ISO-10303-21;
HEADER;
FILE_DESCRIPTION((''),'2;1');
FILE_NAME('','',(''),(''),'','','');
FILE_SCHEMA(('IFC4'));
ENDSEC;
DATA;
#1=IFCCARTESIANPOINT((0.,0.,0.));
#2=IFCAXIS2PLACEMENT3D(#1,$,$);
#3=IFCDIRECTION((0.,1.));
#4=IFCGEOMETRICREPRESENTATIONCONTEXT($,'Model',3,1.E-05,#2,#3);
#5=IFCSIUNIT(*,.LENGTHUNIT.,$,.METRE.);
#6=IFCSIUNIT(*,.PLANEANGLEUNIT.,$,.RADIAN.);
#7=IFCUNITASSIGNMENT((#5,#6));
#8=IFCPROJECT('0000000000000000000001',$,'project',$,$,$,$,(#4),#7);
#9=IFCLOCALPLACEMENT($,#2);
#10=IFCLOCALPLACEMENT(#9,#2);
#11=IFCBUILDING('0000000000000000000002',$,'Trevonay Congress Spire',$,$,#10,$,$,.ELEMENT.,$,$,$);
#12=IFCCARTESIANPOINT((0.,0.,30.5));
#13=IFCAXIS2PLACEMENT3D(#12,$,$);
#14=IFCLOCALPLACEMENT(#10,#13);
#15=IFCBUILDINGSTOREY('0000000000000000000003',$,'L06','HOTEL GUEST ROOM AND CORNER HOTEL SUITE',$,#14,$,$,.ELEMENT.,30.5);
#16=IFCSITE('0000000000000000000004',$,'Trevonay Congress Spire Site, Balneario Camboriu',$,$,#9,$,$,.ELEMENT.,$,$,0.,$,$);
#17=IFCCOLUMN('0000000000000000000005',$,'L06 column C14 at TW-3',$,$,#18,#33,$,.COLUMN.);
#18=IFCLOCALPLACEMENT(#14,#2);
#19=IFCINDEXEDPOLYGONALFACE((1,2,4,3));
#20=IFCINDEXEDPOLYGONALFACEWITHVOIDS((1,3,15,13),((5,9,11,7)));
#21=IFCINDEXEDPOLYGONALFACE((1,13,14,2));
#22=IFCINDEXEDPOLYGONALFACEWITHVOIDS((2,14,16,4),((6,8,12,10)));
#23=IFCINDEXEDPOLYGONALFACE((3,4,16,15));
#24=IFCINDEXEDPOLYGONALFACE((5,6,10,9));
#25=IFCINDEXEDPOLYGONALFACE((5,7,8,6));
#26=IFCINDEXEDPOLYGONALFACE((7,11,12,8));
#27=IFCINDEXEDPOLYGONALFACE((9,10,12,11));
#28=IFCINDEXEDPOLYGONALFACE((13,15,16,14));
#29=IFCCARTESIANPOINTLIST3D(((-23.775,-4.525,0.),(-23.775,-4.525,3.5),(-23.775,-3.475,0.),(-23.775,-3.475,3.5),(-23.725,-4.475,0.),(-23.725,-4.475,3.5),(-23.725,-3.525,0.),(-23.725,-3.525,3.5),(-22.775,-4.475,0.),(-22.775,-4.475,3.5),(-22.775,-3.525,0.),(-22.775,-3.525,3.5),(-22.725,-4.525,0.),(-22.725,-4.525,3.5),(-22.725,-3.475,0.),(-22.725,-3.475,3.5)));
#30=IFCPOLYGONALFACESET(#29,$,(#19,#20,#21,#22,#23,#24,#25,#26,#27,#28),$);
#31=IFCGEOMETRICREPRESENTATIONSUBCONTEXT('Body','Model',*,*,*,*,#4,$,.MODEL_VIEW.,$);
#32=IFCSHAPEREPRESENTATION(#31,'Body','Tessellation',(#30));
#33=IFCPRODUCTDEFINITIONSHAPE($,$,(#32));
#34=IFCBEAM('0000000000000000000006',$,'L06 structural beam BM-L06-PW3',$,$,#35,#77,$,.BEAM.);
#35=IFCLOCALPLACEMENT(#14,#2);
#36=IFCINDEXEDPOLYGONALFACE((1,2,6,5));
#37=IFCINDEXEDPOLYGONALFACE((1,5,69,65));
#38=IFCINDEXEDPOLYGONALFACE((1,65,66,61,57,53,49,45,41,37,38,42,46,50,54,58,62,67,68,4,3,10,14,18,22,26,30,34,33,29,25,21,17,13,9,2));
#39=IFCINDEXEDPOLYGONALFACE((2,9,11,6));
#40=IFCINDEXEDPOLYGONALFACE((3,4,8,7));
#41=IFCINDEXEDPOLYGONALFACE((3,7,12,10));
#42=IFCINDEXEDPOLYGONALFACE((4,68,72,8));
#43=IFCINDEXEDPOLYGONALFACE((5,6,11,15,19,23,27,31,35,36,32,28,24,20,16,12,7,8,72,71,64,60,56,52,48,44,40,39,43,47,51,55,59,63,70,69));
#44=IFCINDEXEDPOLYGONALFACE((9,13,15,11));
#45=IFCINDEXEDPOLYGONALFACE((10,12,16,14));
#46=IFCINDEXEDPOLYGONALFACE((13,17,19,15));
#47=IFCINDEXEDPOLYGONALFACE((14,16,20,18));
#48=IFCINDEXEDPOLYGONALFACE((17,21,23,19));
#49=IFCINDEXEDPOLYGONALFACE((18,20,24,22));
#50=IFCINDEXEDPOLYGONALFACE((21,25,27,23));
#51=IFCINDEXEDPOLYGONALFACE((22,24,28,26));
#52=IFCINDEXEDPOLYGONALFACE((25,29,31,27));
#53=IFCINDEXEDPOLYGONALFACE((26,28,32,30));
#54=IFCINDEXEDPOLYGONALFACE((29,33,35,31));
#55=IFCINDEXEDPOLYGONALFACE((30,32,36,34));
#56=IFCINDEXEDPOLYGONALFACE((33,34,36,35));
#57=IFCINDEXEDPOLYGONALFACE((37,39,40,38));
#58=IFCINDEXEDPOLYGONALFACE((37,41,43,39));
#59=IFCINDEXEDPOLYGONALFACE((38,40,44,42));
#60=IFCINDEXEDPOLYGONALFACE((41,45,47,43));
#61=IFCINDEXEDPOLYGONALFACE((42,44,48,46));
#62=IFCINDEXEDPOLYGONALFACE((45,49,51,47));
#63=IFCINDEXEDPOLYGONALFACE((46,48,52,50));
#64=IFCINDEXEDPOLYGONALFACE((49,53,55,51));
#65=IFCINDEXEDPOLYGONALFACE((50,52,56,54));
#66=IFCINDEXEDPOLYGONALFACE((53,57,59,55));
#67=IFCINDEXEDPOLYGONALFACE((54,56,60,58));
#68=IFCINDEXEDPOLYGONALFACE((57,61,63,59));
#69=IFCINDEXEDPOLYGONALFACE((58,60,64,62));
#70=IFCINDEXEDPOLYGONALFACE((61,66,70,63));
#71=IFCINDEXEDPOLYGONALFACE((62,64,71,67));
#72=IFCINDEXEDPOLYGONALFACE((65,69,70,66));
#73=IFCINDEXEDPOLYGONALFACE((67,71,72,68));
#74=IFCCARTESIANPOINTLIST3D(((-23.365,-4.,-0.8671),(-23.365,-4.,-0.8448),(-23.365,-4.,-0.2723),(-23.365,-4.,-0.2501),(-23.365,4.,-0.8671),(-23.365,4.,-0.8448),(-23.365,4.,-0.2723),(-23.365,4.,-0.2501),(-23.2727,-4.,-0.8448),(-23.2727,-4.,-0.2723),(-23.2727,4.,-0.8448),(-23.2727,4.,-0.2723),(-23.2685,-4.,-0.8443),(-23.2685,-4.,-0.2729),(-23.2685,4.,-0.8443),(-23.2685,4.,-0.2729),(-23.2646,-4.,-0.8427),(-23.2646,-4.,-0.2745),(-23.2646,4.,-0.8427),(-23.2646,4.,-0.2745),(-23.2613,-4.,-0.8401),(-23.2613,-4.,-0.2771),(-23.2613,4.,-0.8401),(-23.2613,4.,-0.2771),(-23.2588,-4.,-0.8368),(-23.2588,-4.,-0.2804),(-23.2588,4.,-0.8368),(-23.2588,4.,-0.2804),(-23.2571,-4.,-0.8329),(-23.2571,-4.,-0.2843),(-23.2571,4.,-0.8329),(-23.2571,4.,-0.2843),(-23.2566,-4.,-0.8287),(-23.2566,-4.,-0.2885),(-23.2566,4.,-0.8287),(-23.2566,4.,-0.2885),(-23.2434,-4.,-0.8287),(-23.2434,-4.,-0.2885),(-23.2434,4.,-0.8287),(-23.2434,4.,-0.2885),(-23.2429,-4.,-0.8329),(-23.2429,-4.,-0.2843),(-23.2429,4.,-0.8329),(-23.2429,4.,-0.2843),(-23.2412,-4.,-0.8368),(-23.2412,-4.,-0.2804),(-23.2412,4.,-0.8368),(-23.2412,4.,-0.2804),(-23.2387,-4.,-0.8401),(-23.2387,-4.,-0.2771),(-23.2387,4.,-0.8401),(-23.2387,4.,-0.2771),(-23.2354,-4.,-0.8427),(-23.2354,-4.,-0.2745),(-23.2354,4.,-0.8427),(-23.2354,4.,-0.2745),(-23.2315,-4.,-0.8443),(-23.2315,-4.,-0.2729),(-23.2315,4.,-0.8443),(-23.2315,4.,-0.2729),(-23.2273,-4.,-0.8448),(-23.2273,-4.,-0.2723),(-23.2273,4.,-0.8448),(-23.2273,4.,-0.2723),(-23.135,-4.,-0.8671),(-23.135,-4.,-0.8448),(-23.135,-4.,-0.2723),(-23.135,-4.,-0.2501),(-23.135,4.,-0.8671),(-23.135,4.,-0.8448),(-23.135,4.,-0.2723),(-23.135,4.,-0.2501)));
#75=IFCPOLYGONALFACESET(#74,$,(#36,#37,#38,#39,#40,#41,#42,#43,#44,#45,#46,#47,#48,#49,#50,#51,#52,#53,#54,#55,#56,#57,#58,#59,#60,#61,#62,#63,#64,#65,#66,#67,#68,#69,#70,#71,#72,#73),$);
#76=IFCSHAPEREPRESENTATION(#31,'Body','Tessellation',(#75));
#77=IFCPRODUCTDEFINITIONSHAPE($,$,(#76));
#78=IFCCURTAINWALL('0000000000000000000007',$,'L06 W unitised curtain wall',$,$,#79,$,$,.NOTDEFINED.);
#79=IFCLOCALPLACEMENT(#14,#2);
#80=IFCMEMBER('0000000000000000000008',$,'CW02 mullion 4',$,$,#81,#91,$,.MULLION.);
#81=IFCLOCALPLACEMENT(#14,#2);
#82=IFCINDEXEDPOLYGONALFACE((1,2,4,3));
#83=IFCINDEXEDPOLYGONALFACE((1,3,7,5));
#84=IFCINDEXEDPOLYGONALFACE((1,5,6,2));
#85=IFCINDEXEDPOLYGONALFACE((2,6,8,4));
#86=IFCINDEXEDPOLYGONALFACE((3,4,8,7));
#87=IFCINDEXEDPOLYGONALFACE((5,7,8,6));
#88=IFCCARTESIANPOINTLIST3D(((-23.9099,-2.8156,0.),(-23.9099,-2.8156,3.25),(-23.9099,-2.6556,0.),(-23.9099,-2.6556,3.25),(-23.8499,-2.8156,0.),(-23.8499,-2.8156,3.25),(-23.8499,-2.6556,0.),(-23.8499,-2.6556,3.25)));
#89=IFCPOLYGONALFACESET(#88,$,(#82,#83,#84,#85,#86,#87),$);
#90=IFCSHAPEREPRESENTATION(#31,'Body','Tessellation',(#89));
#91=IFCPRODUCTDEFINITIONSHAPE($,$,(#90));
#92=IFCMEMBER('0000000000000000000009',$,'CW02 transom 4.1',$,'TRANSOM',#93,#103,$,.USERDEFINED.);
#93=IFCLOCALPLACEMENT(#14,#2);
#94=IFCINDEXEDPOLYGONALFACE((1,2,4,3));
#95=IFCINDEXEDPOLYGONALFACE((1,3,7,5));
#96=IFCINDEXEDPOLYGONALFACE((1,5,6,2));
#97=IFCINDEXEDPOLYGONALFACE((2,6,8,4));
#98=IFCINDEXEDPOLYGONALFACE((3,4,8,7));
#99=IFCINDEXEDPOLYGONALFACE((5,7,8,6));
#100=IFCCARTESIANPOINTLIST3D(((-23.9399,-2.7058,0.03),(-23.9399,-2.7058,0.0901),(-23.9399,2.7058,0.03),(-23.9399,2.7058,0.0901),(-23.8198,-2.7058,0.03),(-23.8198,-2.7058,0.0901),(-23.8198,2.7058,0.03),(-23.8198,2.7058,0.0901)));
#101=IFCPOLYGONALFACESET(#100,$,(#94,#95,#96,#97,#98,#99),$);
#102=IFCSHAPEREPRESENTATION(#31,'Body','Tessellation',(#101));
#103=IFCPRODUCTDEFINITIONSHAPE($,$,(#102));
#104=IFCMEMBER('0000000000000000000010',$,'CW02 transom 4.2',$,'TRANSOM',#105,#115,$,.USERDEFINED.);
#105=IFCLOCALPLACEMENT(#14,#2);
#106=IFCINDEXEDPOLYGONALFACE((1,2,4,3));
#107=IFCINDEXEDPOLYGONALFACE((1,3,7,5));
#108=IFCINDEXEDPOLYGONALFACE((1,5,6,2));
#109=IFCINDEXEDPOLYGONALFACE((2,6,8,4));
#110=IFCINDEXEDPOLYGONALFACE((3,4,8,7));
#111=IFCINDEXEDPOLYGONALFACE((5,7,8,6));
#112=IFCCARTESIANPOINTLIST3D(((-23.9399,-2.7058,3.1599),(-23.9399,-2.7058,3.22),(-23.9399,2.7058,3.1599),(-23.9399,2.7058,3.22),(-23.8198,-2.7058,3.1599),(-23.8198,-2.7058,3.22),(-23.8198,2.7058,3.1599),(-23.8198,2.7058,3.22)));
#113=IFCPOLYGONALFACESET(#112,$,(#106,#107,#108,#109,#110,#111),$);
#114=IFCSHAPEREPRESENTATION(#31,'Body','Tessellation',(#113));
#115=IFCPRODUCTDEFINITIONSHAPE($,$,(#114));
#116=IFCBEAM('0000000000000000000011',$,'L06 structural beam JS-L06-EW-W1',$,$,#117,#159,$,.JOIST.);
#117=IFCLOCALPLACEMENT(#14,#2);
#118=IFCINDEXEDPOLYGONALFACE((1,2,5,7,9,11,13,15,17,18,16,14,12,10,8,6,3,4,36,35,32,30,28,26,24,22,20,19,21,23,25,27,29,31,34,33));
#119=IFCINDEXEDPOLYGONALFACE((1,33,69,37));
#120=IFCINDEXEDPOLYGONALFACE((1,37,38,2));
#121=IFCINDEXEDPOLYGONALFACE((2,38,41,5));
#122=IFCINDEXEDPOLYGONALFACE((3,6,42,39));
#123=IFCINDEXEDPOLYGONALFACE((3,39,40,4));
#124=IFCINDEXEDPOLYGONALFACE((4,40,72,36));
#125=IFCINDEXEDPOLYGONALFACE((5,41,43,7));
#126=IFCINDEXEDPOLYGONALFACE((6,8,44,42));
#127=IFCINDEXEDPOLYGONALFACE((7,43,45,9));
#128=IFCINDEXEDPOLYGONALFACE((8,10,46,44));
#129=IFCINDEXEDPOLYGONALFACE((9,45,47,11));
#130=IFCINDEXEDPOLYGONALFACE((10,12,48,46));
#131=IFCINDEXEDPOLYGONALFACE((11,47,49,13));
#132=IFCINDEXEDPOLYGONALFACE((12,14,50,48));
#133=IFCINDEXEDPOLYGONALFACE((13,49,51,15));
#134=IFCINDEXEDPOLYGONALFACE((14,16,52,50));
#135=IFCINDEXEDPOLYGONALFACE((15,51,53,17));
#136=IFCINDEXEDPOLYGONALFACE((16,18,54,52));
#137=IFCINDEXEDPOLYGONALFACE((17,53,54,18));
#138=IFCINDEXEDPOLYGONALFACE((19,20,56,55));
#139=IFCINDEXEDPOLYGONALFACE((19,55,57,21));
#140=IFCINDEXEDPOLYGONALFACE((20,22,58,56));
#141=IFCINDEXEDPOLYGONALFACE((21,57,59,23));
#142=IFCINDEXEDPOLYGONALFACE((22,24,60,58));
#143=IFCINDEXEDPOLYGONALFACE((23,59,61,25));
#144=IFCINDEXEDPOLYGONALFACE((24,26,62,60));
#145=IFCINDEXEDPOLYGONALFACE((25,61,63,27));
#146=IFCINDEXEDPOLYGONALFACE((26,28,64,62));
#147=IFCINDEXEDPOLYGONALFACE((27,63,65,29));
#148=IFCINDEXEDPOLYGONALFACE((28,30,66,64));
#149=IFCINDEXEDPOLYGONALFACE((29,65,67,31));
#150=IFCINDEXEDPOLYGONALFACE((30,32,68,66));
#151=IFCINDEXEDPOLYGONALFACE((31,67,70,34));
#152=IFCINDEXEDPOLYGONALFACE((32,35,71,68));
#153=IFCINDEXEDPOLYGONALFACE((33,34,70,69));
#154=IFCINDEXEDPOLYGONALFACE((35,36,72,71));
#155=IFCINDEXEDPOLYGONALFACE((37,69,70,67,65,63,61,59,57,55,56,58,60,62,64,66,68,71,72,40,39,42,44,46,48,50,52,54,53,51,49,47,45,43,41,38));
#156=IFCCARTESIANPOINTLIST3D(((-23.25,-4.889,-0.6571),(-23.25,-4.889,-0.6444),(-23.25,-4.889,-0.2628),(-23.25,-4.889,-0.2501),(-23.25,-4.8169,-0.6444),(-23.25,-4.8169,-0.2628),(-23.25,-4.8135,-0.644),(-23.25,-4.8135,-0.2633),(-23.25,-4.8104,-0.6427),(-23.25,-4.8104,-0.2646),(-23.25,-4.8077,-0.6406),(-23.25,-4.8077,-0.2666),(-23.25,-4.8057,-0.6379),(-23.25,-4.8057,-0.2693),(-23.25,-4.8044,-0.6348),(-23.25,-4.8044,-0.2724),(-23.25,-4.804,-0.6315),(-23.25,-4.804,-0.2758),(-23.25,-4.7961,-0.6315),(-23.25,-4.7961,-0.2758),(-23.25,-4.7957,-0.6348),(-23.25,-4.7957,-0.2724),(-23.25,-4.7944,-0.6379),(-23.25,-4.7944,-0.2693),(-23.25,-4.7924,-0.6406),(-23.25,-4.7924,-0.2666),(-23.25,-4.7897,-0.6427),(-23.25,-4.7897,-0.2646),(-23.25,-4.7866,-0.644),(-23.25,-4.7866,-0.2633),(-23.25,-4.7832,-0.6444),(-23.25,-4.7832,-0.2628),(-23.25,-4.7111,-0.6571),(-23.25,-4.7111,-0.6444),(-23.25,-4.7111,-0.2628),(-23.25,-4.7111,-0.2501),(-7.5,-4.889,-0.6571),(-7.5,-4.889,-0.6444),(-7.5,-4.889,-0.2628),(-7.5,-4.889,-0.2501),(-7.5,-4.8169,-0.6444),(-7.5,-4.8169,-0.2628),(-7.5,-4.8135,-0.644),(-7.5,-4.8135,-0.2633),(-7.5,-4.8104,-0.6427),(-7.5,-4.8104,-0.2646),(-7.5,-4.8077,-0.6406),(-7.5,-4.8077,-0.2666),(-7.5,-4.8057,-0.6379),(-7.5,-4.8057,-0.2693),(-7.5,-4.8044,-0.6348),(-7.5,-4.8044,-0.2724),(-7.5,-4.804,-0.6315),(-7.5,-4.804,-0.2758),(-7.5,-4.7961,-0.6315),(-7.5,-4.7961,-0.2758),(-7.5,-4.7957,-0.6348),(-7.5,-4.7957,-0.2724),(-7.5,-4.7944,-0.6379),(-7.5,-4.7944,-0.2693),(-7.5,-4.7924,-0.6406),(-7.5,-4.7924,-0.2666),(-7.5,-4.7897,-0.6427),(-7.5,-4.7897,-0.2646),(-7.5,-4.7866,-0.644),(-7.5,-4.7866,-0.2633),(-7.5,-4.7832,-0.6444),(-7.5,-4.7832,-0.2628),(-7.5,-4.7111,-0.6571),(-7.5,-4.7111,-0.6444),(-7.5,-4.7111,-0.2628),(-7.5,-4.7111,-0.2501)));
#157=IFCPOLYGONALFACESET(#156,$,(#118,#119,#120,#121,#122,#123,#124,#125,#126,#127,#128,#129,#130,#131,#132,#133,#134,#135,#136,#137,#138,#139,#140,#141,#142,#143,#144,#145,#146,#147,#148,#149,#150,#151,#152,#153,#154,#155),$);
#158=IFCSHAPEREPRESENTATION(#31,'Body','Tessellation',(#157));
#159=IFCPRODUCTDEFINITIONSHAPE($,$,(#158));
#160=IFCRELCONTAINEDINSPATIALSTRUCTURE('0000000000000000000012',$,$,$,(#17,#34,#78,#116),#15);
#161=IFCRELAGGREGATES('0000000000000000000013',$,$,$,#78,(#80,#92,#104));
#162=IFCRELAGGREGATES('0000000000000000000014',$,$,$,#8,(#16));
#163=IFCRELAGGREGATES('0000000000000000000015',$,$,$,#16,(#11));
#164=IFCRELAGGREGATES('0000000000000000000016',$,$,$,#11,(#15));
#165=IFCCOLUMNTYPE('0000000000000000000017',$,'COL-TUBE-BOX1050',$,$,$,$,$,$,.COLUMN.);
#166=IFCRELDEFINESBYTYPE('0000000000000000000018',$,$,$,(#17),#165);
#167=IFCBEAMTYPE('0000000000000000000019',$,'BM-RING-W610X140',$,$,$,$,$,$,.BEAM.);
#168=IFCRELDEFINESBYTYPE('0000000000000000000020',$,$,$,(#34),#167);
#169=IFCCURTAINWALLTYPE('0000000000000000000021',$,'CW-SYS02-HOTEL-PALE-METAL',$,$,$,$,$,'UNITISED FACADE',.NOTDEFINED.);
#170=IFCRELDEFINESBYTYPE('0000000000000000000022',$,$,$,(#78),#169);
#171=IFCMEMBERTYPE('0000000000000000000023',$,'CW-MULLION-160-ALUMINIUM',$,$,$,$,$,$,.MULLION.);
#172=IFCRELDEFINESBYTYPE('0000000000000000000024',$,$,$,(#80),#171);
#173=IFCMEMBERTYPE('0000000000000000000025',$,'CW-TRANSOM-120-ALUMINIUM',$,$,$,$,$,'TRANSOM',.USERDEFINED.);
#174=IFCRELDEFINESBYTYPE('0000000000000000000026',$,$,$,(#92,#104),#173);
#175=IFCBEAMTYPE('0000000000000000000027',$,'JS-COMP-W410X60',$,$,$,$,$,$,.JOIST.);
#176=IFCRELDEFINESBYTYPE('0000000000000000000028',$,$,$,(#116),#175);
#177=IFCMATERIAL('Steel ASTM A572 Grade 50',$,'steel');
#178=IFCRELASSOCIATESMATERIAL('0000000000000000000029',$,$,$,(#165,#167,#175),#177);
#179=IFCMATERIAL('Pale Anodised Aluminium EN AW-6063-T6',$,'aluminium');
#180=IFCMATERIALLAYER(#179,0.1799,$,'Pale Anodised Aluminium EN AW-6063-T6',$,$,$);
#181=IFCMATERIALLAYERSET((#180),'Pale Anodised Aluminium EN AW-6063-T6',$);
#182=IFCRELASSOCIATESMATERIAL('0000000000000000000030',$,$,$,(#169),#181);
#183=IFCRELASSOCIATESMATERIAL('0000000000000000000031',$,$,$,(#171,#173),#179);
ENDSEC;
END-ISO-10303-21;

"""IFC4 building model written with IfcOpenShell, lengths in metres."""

from ifc_helpers import new_model, si_unit, direction, frame, origin, origin_2d, place, context, subcontext, project, spatial, rectangle, hollow_rectangle, i_section, extrude, material, layer, layer_set, material_profile, profile_set, type_object, element, aggregate, save


model = new_model("IFC4")

# Units and contexts
model_context = context("Model", 3, precision=1e-05, world=origin(), true_north=direction((0.0, 1.0)))
body_context = subcontext(model_context, "Body", "Model", "MODEL_VIEW")
ifc_project = project(units=[si_unit("LENGTHUNIT", "METRE"), si_unit("PLANEANGLEUNIT", "RADIAN")], contexts=[model_context])

# Site, building, storey
site_placement = place(None, origin())
site = spatial("IfcSite", under=ifc_project, at=site_placement, Name="Trevonay Congress Spire Site, Balneario Camboriu", CompositionType="ELEMENT", RefElevation=0.0)
building_placement = place(site_placement, origin())
building = spatial("IfcBuilding", under=site, at=building_placement, Name="Trevonay Congress Spire", CompositionType="ELEMENT")
storey_placement = place(building_placement, frame((0.0, 0.0, 30.5)))
storey = spatial("IfcBuildingStorey", under=building, at=storey_placement, Name="L06", Description="HOTEL GUEST ROOM AND CORNER HOTEL SUITE", CompositionType="ELEMENT", Elevation=30.5)

# Column
ifc_material_1 = material(Name="Steel ASTM A572 Grade 50", Category="steel")
ifc_material_profile_1 = material_profile(ifc_material_1, hollow_rectangle(XDim=1.05, YDim=1.05, WallThickness=0.05, at=origin_2d()), Name="BOX 1050x1050x50")
ifc_profile_set_1 = profile_set([ifc_material_profile_1], Name="Steel ASTM A572 Grade 50")
column_type = type_object("IfcColumnType", Name="COL-TUBE-BOX1050", PredefinedType="COLUMN", material=ifc_profile_set_1)
column_placement = place(storey_placement, frame((-23.25, -4.0, 0.0), z_axis=(0.0, 0.0, 1.0), x_axis=(1.0, 0.0, 0.0)))
element("IfcColumn", 1, at=column_placement, inside=storey, type_object=column_type, Name="L06 column C14 at TW-3", PredefinedType="COLUMN", context=body_context, shape_type="SweptSolid", body=[
    extrude(hollow_rectangle(XDim=1.05, YDim=1.05, WallThickness=0.05, at=origin_2d()), origin(), (0.0, 0.0, 1.0), 3.5),
])

# Beam
ifc_material_profile_2 = material_profile(ifc_material_1, i_section(OverallWidth=0.23, OverallDepth=0.6169, WebThickness=0.0132, FlangeThickness=0.0222, FilletRadius=0.0161, at=origin_2d()), Name="W610x140")
ifc_profile_set_2 = profile_set([ifc_material_profile_2], Name="Steel ASTM A572 Grade 50")
beam_type_1 = type_object("IfcBeamType", Name="BM-RING-W610X140", PredefinedType="BEAM", material=ifc_profile_set_2)
beam_placement = place(storey_placement, frame((-23.25, -4.0, -0.5586), z_axis=(0.0, 1.0, 0.0), x_axis=(-1.0, 0.0, 0.0)))
element("IfcBeam", 2, at=beam_placement, inside=storey, type_object=beam_type_1, Name="L06 structural beam BM-L06-PW3", PredefinedType="BEAM", context=body_context, shape_type="SweptSolid", body=[
    extrude(i_section(OverallWidth=0.23, OverallDepth=0.6169, WebThickness=0.0132, FlangeThickness=0.0222, FilletRadius=0.0161, at=origin_2d()), origin(), (0.0, 0.0, 1.0), 8.0),
])

# Curtain wall, members
ifc_material_2 = material(Name="Pale Anodised Aluminium EN AW-6063-T6", Category="aluminium")
ifc_layer_1 = layer(ifc_material_2, 0.1799, Name="Pale Anodised Aluminium EN AW-6063-T6")
ifc_layer_set_1 = layer_set([ifc_layer_1], Name="Pale Anodised Aluminium EN AW-6063-T6")
curtain_wall_type = type_object("IfcCurtainWallType", Name="CW-SYS02-HOTEL-PALE-METAL", ElementType="UNITISED FACADE", PredefinedType="NOTDEFINED", material=ifc_layer_set_1)
curtain_wall_placement = place(storey_placement, origin())
curtain_wall = element("IfcCurtainWall", 3, at=curtain_wall_placement, inside=storey, type_object=curtain_wall_type, Name="L06 W unitised curtain wall", PredefinedType="NOTDEFINED")
ifc_material_profile_3 = material_profile(ifc_material_2, rectangle(XDim=0.0601, YDim=0.1599, at=origin_2d()), Name="CW-MULLION-160-ALUMINIUM")
ifc_profile_set_3 = profile_set([ifc_material_profile_3], Name="Pale Anodised Aluminium EN AW-6063-T6")
member_type_1 = type_object("IfcMemberType", Name="CW-MULLION-160-ALUMINIUM", PredefinedType="MULLION", material=ifc_profile_set_3)
member_1_placement = place(storey_placement, frame((-23.8799, -2.7356, 0.0), z_axis=(0.0, 0.0, 1.0), x_axis=(-1.0, 0.0, 0.0)))
member_1 = element("IfcMember", 4, at=member_1_placement, type_object=member_type_1, Name="CW02 mullion 4", PredefinedType="MULLION", context=body_context, shape_type="SweptSolid", body=[
    extrude(rectangle(XDim=0.0601, YDim=0.1599, at=origin_2d()), origin(), (0.0, 0.0, 1.0), 3.25),
])
ifc_material_profile_4 = material_profile(ifc_material_2, rectangle(XDim=0.1201, YDim=0.0601, at=origin_2d()), Name="CW-TRANSOM-120-ALUMINIUM")
ifc_profile_set_4 = profile_set([ifc_material_profile_4], Name="Pale Anodised Aluminium EN AW-6063-T6")
member_type_2 = type_object("IfcMemberType", Name="CW-TRANSOM-120-ALUMINIUM", ElementType="TRANSOM", PredefinedType="USERDEFINED", material=ifc_profile_set_4)
member_2_placement = place(storey_placement, frame((-23.8799, -2.7058, 0.0601), z_axis=(0.0, 1.0, 0.0), x_axis=(-1.0, 0.0, 0.0)))
member_2 = element("IfcMember", 5, at=member_2_placement, type_object=member_type_2, Name="CW02 transom 4.1", ObjectType="TRANSOM", PredefinedType="USERDEFINED", context=body_context, shape_type="SweptSolid", body=[
    extrude(rectangle(XDim=0.1201, YDim=0.0601, at=origin_2d()), origin(), (0.0, 0.0, 1.0), 5.4116),
])
member_3_placement = place(storey_placement, frame((-23.8799, -2.7058, 3.1899), z_axis=(0.0, 1.0, 0.0), x_axis=(-1.0, 0.0, 0.0)))
member_3 = element("IfcMember", 6, at=member_3_placement, type_object=member_type_2, Name="CW02 transom 4.2", ObjectType="TRANSOM", PredefinedType="USERDEFINED", context=body_context, shape_type="SweptSolid", body=[
    extrude(rectangle(XDim=0.1201, YDim=0.0601, at=origin_2d()), origin(), (0.0, 0.0, 1.0), 5.4116),
])

# Beam
ifc_material_profile_5 = material_profile(ifc_material_1, i_section(OverallWidth=0.178, OverallDepth=0.407, WebThickness=0.0078, FlangeThickness=0.0127, FilletRadius=0.0129, at=origin_2d()), Name="W410x60")
ifc_profile_set_5 = profile_set([ifc_material_profile_5], Name="Steel ASTM A572 Grade 50")
beam_type_2 = type_object("IfcBeamType", Name="JS-COMP-W410X60", PredefinedType="JOIST", material=ifc_profile_set_5)
for number, where, z_axis, x_axis, name in (
    (7, (-23.25, -4.8, -0.4536), (1.0, 0.0, 0.0), (0.0, 1.0, 0.0), "L06 structural beam JS-L06-EW-W1"),
):
    element("IfcBeam", number, at=place(storey_placement, frame(where, z_axis=z_axis, x_axis=x_axis)), inside=storey, type_object=beam_type_2, Name=name, PredefinedType="JOIST", context=body_context, shape_type="SweptSolid", body=[
        extrude(i_section(OverallWidth=0.178, OverallDepth=0.407, WebThickness=0.0078, FlangeThickness=0.0127, FilletRadius=0.0129, at=origin_2d()), origin(), (0.0, 0.0, 1.0), 15.75),
    ])

aggregate(curtain_wall, [member_1, member_2, member_3])

save(model, "model.ifc")
